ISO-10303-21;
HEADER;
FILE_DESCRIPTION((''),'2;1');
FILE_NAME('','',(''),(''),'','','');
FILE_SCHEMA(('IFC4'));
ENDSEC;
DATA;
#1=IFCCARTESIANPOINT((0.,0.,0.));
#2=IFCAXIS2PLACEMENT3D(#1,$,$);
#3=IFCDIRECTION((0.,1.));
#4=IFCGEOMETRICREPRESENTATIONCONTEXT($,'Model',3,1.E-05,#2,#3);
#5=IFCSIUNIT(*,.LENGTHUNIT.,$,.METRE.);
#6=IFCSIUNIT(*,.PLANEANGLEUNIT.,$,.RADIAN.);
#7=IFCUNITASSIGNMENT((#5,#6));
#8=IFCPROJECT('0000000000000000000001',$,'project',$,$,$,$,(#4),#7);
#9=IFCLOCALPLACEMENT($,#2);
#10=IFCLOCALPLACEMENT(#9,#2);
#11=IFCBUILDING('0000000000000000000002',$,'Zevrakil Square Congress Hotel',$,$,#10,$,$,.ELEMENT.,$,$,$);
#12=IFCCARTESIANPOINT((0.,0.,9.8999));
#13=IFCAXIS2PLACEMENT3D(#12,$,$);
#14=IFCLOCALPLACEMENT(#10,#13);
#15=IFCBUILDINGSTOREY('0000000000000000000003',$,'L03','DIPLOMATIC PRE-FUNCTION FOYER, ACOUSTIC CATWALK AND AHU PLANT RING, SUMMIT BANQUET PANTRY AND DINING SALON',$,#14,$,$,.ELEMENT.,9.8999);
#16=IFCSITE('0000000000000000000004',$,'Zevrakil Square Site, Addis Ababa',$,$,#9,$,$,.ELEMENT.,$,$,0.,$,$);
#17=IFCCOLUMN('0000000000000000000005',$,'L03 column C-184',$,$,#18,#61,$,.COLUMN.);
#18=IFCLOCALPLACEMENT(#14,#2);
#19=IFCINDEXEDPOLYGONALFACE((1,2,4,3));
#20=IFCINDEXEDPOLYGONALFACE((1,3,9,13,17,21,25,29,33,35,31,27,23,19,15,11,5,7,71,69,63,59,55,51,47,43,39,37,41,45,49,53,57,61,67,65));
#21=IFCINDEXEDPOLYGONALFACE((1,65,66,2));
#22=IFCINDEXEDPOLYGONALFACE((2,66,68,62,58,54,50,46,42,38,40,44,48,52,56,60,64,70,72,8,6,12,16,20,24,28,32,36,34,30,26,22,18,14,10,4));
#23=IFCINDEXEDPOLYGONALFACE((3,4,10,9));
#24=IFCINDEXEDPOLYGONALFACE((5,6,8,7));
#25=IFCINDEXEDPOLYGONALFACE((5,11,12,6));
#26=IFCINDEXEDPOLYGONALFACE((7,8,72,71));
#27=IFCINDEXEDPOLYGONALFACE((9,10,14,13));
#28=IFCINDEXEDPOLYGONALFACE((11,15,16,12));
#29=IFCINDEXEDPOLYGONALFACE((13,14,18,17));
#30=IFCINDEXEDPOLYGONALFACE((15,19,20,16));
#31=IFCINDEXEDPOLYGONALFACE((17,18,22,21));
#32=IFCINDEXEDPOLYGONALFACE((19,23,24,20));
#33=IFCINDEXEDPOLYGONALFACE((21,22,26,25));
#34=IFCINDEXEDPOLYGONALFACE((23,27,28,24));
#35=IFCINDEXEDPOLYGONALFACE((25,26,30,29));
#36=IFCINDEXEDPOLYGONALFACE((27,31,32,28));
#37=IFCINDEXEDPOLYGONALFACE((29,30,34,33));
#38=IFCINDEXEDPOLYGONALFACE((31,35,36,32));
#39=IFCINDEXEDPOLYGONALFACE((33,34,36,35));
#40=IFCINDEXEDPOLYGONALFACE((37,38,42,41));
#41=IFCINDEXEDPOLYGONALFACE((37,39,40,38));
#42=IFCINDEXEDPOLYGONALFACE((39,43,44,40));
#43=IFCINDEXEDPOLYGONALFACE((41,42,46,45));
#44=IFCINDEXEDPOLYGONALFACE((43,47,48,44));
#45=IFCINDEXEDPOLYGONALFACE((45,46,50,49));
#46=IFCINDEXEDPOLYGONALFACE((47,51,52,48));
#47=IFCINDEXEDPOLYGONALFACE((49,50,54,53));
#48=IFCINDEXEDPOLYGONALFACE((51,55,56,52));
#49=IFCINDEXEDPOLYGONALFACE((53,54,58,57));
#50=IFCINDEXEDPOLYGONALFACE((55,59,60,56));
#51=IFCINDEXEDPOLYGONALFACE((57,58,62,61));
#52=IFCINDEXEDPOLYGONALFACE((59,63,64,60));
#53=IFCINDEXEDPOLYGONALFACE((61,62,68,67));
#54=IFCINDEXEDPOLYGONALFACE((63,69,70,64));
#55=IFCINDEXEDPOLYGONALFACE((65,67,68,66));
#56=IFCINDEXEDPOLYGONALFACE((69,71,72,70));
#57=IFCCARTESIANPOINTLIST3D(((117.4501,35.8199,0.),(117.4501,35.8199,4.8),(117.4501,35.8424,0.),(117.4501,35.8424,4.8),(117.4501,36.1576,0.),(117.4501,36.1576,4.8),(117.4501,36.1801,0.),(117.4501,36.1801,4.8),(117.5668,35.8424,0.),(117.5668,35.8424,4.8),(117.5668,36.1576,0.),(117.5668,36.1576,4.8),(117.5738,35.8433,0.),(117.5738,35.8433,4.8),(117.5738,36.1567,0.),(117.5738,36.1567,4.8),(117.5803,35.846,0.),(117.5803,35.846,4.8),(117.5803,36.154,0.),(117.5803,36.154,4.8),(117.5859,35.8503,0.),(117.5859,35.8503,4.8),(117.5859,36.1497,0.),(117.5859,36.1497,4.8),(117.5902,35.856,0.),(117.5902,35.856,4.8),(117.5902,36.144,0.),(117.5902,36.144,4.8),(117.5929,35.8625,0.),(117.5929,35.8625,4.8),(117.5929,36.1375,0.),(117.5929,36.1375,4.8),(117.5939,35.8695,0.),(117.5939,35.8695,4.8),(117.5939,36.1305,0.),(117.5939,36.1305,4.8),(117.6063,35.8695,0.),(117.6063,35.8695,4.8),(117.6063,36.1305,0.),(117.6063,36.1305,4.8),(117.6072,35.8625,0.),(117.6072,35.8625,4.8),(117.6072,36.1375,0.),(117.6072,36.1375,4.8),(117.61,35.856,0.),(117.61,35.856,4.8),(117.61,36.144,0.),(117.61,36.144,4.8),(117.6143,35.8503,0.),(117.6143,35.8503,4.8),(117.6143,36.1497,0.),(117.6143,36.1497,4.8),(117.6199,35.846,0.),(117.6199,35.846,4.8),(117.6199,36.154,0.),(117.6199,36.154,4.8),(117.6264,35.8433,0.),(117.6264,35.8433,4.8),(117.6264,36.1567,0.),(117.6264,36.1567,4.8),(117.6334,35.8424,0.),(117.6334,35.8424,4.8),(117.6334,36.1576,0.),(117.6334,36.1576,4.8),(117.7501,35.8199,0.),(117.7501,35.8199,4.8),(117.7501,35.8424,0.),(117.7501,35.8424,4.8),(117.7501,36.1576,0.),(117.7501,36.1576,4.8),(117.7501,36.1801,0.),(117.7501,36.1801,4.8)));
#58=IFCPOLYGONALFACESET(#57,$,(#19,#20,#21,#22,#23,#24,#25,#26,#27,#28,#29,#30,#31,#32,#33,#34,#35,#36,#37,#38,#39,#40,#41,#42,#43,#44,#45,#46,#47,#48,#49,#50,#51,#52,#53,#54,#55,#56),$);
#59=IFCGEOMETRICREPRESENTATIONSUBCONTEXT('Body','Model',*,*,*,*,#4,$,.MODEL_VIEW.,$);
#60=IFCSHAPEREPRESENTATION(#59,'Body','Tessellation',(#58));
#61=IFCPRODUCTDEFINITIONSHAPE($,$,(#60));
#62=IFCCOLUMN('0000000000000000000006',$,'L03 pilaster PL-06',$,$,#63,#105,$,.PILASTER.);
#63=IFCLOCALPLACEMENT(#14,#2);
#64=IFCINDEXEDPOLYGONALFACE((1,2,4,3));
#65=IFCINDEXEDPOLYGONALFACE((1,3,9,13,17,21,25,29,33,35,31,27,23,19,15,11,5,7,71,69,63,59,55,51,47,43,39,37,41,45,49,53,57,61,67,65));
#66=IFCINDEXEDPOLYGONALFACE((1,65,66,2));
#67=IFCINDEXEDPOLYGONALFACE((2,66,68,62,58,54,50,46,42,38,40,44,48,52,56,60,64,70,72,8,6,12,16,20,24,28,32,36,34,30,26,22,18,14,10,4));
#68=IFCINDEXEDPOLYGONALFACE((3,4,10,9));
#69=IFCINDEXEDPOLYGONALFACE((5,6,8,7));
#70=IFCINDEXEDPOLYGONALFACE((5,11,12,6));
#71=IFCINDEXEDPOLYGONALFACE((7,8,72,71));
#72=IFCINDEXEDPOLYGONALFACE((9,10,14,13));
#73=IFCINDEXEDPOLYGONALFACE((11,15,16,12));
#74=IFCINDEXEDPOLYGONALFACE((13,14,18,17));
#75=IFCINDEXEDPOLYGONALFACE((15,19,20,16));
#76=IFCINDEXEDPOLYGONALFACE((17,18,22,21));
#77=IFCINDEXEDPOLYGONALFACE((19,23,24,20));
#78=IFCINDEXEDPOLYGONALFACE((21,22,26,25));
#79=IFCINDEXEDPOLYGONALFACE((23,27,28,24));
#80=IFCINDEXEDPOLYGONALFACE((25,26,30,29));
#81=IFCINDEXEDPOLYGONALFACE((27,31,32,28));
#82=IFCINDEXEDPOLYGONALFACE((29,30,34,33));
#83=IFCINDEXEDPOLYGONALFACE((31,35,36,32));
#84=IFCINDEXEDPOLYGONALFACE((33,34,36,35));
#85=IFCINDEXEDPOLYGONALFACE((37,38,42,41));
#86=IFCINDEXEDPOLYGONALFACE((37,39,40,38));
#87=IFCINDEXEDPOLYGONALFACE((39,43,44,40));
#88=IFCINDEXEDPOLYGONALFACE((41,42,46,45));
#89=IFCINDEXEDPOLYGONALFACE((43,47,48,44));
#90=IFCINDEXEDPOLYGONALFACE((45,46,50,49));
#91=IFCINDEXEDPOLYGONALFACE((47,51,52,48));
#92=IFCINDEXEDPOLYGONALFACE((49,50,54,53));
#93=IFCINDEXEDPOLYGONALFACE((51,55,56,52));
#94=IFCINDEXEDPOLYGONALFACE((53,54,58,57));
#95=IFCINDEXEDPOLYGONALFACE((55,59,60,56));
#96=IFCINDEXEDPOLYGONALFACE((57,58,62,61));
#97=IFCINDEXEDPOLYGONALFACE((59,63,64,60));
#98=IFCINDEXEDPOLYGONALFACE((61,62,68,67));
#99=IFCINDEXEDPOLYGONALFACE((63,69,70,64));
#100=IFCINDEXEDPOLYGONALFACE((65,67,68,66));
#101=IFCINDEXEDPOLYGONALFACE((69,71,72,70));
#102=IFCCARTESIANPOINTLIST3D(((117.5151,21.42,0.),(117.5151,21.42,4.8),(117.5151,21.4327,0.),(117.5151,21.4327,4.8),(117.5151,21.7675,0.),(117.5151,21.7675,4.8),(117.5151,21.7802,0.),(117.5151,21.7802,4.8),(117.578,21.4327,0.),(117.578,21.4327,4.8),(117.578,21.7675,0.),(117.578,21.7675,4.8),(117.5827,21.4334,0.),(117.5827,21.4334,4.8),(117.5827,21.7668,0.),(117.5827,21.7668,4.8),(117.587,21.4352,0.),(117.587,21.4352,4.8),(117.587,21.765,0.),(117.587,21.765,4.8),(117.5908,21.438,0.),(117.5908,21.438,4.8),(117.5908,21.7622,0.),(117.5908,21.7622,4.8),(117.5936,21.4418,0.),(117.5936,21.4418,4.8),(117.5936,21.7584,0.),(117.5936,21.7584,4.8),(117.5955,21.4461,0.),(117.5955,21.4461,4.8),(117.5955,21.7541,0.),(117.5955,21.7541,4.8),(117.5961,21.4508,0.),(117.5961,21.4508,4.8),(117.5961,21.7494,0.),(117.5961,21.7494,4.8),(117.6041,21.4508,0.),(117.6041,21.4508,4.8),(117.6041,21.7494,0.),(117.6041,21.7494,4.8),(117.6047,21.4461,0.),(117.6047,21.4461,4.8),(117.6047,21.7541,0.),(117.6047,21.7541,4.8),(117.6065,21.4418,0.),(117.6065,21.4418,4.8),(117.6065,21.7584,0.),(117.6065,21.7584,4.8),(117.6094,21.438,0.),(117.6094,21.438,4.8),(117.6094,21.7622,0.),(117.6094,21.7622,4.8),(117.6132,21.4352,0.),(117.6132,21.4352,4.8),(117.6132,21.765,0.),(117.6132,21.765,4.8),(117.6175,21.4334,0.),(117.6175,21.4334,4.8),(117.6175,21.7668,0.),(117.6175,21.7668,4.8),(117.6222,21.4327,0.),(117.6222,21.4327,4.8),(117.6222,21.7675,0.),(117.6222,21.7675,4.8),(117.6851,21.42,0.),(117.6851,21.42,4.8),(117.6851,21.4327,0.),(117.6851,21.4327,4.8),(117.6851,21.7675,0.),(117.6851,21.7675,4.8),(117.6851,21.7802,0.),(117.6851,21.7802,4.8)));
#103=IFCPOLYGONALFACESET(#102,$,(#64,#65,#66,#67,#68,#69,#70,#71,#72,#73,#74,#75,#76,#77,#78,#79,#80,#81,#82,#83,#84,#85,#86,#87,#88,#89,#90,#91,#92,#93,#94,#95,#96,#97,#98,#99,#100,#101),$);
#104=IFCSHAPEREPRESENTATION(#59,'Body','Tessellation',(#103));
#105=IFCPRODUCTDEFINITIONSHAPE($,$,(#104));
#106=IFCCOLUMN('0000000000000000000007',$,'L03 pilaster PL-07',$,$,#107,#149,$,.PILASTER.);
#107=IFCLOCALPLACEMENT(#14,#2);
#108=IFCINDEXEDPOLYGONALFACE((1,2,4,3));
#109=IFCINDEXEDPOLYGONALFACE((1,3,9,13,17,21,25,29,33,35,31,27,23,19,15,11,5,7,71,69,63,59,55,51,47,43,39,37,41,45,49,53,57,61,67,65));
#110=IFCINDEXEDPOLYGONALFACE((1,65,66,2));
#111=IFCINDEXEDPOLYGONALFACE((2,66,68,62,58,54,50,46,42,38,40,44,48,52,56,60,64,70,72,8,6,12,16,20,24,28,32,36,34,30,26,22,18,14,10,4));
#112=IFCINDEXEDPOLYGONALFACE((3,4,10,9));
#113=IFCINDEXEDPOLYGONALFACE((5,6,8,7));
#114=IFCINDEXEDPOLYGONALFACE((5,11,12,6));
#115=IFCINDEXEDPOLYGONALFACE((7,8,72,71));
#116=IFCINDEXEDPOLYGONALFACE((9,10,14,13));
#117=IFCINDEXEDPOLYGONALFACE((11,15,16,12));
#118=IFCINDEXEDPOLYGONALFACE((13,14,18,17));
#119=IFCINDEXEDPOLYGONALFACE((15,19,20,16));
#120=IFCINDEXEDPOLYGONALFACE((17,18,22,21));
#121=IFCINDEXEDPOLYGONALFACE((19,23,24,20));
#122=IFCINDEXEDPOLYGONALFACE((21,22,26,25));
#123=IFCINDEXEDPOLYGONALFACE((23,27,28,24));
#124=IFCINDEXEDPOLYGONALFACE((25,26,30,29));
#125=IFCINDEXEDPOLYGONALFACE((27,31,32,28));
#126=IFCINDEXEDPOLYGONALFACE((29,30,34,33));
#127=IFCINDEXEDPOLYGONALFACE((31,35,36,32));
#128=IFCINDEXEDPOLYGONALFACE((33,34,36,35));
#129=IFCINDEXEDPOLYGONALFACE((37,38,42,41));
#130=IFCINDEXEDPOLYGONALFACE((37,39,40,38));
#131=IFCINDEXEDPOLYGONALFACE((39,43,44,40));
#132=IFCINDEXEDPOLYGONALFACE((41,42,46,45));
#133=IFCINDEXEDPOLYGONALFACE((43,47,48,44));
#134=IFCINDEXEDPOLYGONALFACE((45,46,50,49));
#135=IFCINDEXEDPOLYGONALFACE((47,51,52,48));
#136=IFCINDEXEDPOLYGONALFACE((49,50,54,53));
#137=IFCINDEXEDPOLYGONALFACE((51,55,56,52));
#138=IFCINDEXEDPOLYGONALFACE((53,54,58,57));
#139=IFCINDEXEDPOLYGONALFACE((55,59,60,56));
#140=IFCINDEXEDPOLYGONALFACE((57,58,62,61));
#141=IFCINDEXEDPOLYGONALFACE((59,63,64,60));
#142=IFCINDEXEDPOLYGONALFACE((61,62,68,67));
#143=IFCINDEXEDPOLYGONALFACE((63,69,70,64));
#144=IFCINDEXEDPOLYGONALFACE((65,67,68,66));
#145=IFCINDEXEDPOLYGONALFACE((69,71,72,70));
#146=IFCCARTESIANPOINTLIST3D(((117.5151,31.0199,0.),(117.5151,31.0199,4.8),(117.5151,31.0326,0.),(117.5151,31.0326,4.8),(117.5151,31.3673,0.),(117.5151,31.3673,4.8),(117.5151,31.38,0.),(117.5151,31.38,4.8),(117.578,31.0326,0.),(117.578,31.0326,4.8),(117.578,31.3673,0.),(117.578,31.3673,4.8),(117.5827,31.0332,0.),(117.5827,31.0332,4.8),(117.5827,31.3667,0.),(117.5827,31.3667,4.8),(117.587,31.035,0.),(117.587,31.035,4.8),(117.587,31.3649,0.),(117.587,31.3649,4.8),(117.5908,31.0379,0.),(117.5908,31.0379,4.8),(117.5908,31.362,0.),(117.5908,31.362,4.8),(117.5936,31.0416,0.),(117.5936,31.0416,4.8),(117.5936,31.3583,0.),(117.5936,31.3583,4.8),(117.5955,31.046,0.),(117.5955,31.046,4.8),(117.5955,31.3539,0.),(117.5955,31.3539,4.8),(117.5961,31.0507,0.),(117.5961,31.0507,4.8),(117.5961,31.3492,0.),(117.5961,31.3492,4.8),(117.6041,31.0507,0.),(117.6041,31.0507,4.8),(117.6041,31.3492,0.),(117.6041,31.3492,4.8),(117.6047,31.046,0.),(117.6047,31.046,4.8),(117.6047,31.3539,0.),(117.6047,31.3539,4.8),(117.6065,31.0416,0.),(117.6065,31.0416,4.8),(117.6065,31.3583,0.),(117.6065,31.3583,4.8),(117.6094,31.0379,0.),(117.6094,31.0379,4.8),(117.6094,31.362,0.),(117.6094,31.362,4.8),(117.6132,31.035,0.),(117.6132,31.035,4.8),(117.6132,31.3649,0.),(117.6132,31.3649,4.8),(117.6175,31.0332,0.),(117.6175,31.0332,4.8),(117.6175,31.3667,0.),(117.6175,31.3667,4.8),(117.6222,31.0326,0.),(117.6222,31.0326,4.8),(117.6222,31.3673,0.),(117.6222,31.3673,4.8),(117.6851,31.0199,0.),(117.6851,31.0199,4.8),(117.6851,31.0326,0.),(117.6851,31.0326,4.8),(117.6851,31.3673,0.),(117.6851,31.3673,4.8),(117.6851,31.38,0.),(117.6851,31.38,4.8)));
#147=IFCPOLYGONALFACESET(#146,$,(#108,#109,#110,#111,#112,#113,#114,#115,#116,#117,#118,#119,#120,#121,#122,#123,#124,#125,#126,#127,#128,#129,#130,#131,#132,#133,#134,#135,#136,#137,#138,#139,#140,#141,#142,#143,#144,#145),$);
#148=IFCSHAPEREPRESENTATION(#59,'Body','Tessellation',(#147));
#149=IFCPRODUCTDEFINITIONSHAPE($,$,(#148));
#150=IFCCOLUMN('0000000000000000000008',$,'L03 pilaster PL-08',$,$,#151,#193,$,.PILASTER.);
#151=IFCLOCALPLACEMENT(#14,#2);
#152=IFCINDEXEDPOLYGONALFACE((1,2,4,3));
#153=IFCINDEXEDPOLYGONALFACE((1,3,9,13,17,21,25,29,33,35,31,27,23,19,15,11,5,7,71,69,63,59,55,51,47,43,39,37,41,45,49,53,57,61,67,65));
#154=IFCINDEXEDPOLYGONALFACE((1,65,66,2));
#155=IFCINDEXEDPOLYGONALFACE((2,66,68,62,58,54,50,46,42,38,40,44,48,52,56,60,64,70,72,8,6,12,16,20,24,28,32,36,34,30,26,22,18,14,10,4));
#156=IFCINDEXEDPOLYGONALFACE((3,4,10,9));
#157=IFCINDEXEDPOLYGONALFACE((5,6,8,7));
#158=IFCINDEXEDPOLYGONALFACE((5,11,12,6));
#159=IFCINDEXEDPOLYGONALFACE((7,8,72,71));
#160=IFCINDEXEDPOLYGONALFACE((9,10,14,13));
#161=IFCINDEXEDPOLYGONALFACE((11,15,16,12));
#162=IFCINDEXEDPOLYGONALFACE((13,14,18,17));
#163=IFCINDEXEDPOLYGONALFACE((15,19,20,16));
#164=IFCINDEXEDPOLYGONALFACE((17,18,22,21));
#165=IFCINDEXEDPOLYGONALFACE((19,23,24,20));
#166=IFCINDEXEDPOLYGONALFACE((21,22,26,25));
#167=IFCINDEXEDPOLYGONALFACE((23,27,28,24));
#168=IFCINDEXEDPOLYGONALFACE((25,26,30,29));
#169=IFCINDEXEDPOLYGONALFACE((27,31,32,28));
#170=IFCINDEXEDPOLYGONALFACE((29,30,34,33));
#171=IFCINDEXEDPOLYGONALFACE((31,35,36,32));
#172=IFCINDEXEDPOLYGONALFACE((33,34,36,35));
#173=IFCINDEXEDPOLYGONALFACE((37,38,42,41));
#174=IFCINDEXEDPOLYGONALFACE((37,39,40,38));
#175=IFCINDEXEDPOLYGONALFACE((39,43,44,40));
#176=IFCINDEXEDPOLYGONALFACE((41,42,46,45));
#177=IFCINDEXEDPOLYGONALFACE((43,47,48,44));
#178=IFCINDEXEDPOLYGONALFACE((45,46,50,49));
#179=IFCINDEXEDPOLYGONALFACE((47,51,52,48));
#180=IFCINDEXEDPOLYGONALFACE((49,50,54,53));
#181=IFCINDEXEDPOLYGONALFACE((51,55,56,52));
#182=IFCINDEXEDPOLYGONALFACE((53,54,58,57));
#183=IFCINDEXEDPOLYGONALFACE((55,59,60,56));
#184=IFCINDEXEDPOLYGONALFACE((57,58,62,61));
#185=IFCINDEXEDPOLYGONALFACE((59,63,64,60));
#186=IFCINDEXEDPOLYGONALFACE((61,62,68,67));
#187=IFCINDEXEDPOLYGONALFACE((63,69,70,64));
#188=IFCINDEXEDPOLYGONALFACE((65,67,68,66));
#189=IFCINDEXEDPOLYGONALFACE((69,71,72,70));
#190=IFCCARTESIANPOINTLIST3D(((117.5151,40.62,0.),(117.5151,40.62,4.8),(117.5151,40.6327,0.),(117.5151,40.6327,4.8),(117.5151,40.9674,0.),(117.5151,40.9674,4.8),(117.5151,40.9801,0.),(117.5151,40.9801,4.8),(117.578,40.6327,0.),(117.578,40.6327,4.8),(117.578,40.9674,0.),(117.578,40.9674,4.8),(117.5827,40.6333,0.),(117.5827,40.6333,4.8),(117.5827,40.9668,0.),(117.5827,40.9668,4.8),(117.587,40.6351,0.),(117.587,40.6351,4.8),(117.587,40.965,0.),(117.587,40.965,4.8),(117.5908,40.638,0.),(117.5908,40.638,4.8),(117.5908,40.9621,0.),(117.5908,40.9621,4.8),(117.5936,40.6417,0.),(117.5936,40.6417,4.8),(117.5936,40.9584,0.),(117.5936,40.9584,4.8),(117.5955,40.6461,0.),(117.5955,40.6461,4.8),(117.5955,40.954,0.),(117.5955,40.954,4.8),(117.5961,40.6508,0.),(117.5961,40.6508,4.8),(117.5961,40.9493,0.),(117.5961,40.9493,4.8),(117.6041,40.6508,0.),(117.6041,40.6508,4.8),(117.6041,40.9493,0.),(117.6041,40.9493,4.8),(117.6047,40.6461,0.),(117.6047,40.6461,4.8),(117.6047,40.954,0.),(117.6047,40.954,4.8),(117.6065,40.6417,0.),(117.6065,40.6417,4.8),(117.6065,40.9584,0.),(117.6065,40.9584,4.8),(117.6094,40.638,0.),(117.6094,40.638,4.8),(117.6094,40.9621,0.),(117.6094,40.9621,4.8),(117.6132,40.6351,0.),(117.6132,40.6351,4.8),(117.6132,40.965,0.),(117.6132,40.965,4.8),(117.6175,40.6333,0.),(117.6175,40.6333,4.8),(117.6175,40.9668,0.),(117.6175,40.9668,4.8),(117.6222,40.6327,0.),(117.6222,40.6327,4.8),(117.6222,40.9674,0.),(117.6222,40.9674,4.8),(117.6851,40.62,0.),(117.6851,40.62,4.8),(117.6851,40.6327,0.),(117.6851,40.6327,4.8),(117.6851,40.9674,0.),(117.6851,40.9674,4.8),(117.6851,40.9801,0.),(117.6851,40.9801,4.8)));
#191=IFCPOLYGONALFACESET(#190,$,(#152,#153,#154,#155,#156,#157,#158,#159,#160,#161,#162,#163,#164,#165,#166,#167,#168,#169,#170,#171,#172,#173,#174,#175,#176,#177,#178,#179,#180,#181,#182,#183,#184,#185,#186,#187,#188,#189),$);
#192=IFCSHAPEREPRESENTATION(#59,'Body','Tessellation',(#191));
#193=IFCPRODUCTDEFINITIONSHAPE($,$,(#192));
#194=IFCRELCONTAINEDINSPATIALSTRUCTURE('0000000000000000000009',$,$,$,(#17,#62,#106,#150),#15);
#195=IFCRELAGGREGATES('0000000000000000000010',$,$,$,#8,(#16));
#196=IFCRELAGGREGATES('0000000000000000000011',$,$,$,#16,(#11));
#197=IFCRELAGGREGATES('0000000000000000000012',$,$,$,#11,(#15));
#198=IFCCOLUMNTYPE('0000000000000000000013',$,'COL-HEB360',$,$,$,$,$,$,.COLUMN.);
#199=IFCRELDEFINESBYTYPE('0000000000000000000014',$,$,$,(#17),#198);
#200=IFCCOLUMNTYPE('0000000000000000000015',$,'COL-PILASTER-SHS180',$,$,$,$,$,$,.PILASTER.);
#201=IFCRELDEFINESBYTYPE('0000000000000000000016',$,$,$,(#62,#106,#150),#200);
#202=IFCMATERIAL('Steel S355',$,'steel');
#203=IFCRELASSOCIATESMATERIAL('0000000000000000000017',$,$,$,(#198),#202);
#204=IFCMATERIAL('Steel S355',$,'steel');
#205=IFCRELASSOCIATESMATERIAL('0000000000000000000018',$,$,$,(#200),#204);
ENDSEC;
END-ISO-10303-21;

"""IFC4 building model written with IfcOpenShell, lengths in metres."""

from ifc_helpers import new_model, si_unit, direction, frame, origin, origin_2d, place, context, subcontext, project, spatial, i_section, extrude, material, material_profile, profile_set, type_object, element, save


model = new_model("IFC4")

# Units and contexts
model_context = context("Model", 3, precision=1e-05, world=origin(), true_north=direction((0.0, 1.0)))
body_context = subcontext(model_context, "Body", "Model", "MODEL_VIEW")
ifc_project = project(units=[si_unit("LENGTHUNIT", "METRE"), si_unit("PLANEANGLEUNIT", "RADIAN")], contexts=[model_context])

# Site, building, storey
site_placement = place(None, origin())
site = spatial("IfcSite", under=ifc_project, at=site_placement, Name="Zevrakil Square Site, Addis Ababa", CompositionType="ELEMENT", RefElevation=0.0)
building_placement = place(site_placement, origin())
building = spatial("IfcBuilding", under=site, at=building_placement, Name="Zevrakil Square Congress Hotel", CompositionType="ELEMENT")
storey_placement = place(building_placement, frame((0.0, 0.0, 9.8999)))
storey = spatial("IfcBuildingStorey", under=building, at=storey_placement, Name="L03", Description="DIPLOMATIC PRE-FUNCTION FOYER, ACOUSTIC CATWALK AND AHU PLANT RING, SUMMIT BANQUET PANTRY AND DINING SALON", CompositionType="ELEMENT", Elevation=9.8999)

# Columns
ifc_material_1 = material(Name="Steel S355", Category="steel")
ifc_material_profile_1 = material_profile(ifc_material_1, i_section(OverallWidth=0.3, OverallDepth=0.3601, WebThickness=0.0125, FlangeThickness=0.0225, FilletRadius=0.0271, at=origin_2d()), Name="HEB 360")
ifc_profile_set_1 = profile_set([ifc_material_profile_1], Name="Steel S355")
column_type_1 = type_object("IfcColumnType", Name="COL-HEB360", PredefinedType="COLUMN", material=ifc_profile_set_1)
for number, where, z_axis, x_axis, name in (
    (1, (117.6001, 36.0, 0.0), (0.0, 0.0, 1.0), (1.0, 0.0, 0.0), "L03 column C-184"),
):
    element("IfcColumn", number, at=place(storey_placement, frame(where, z_axis=z_axis, x_axis=x_axis)), inside=storey, type_object=column_type_1, Name=name, PredefinedType="COLUMN", context=body_context, shape_type="SweptSolid", body=[
        extrude(i_section(OverallWidth=0.3, OverallDepth=0.3601, WebThickness=0.0125, FlangeThickness=0.0225, FilletRadius=0.0271, at=origin_2d()), origin(), (0.0, 0.0, 1.0), 4.8),
    ])
ifc_material_2 = material(Name="Steel S355", Category="steel")
ifc_material_profile_2 = material_profile(ifc_material_2, i_section(OverallWidth=0.1699, OverallDepth=0.3601, WebThickness=0.0081, FlangeThickness=0.0127, FilletRadius=0.0181, at=origin_2d()), Name="IPE 360")
ifc_profile_set_2 = profile_set([ifc_material_profile_2], Name="Steel S355")
column_type_2 = type_object("IfcColumnType", Name="COL-PILASTER-SHS180", PredefinedType="PILASTER", material=ifc_profile_set_2)
for number, where, z_axis, x_axis, name in (
    (2, (117.6001, 21.6001, 0.0), (0.0, 0.0, 1.0), (1.0, 0.0, 0.0), "L03 pilaster PL-06"),
    (3, (117.6001, 31.2, 0.0), (0.0, 0.0, 1.0), (1.0, 0.0, 0.0), "L03 pilaster PL-07"),
    (4, (117.6001, 40.8, 0.0), (0.0, 0.0, 1.0), (1.0, 0.0, 0.0), "L03 pilaster PL-08"),
):
    element("IfcColumn", number, at=place(storey_placement, frame(where, z_axis=z_axis, x_axis=x_axis)), inside=storey, type_object=column_type_2, Name=name, PredefinedType="PILASTER", context=body_context, shape_type="SweptSolid", body=[
        extrude(i_section(OverallWidth=0.1699, OverallDepth=0.3601, WebThickness=0.0081, FlangeThickness=0.0127, FilletRadius=0.0181, at=origin_2d()), origin(), (0.0, 0.0, 1.0), 4.8),
    ])

save(model, "model.ifc")
